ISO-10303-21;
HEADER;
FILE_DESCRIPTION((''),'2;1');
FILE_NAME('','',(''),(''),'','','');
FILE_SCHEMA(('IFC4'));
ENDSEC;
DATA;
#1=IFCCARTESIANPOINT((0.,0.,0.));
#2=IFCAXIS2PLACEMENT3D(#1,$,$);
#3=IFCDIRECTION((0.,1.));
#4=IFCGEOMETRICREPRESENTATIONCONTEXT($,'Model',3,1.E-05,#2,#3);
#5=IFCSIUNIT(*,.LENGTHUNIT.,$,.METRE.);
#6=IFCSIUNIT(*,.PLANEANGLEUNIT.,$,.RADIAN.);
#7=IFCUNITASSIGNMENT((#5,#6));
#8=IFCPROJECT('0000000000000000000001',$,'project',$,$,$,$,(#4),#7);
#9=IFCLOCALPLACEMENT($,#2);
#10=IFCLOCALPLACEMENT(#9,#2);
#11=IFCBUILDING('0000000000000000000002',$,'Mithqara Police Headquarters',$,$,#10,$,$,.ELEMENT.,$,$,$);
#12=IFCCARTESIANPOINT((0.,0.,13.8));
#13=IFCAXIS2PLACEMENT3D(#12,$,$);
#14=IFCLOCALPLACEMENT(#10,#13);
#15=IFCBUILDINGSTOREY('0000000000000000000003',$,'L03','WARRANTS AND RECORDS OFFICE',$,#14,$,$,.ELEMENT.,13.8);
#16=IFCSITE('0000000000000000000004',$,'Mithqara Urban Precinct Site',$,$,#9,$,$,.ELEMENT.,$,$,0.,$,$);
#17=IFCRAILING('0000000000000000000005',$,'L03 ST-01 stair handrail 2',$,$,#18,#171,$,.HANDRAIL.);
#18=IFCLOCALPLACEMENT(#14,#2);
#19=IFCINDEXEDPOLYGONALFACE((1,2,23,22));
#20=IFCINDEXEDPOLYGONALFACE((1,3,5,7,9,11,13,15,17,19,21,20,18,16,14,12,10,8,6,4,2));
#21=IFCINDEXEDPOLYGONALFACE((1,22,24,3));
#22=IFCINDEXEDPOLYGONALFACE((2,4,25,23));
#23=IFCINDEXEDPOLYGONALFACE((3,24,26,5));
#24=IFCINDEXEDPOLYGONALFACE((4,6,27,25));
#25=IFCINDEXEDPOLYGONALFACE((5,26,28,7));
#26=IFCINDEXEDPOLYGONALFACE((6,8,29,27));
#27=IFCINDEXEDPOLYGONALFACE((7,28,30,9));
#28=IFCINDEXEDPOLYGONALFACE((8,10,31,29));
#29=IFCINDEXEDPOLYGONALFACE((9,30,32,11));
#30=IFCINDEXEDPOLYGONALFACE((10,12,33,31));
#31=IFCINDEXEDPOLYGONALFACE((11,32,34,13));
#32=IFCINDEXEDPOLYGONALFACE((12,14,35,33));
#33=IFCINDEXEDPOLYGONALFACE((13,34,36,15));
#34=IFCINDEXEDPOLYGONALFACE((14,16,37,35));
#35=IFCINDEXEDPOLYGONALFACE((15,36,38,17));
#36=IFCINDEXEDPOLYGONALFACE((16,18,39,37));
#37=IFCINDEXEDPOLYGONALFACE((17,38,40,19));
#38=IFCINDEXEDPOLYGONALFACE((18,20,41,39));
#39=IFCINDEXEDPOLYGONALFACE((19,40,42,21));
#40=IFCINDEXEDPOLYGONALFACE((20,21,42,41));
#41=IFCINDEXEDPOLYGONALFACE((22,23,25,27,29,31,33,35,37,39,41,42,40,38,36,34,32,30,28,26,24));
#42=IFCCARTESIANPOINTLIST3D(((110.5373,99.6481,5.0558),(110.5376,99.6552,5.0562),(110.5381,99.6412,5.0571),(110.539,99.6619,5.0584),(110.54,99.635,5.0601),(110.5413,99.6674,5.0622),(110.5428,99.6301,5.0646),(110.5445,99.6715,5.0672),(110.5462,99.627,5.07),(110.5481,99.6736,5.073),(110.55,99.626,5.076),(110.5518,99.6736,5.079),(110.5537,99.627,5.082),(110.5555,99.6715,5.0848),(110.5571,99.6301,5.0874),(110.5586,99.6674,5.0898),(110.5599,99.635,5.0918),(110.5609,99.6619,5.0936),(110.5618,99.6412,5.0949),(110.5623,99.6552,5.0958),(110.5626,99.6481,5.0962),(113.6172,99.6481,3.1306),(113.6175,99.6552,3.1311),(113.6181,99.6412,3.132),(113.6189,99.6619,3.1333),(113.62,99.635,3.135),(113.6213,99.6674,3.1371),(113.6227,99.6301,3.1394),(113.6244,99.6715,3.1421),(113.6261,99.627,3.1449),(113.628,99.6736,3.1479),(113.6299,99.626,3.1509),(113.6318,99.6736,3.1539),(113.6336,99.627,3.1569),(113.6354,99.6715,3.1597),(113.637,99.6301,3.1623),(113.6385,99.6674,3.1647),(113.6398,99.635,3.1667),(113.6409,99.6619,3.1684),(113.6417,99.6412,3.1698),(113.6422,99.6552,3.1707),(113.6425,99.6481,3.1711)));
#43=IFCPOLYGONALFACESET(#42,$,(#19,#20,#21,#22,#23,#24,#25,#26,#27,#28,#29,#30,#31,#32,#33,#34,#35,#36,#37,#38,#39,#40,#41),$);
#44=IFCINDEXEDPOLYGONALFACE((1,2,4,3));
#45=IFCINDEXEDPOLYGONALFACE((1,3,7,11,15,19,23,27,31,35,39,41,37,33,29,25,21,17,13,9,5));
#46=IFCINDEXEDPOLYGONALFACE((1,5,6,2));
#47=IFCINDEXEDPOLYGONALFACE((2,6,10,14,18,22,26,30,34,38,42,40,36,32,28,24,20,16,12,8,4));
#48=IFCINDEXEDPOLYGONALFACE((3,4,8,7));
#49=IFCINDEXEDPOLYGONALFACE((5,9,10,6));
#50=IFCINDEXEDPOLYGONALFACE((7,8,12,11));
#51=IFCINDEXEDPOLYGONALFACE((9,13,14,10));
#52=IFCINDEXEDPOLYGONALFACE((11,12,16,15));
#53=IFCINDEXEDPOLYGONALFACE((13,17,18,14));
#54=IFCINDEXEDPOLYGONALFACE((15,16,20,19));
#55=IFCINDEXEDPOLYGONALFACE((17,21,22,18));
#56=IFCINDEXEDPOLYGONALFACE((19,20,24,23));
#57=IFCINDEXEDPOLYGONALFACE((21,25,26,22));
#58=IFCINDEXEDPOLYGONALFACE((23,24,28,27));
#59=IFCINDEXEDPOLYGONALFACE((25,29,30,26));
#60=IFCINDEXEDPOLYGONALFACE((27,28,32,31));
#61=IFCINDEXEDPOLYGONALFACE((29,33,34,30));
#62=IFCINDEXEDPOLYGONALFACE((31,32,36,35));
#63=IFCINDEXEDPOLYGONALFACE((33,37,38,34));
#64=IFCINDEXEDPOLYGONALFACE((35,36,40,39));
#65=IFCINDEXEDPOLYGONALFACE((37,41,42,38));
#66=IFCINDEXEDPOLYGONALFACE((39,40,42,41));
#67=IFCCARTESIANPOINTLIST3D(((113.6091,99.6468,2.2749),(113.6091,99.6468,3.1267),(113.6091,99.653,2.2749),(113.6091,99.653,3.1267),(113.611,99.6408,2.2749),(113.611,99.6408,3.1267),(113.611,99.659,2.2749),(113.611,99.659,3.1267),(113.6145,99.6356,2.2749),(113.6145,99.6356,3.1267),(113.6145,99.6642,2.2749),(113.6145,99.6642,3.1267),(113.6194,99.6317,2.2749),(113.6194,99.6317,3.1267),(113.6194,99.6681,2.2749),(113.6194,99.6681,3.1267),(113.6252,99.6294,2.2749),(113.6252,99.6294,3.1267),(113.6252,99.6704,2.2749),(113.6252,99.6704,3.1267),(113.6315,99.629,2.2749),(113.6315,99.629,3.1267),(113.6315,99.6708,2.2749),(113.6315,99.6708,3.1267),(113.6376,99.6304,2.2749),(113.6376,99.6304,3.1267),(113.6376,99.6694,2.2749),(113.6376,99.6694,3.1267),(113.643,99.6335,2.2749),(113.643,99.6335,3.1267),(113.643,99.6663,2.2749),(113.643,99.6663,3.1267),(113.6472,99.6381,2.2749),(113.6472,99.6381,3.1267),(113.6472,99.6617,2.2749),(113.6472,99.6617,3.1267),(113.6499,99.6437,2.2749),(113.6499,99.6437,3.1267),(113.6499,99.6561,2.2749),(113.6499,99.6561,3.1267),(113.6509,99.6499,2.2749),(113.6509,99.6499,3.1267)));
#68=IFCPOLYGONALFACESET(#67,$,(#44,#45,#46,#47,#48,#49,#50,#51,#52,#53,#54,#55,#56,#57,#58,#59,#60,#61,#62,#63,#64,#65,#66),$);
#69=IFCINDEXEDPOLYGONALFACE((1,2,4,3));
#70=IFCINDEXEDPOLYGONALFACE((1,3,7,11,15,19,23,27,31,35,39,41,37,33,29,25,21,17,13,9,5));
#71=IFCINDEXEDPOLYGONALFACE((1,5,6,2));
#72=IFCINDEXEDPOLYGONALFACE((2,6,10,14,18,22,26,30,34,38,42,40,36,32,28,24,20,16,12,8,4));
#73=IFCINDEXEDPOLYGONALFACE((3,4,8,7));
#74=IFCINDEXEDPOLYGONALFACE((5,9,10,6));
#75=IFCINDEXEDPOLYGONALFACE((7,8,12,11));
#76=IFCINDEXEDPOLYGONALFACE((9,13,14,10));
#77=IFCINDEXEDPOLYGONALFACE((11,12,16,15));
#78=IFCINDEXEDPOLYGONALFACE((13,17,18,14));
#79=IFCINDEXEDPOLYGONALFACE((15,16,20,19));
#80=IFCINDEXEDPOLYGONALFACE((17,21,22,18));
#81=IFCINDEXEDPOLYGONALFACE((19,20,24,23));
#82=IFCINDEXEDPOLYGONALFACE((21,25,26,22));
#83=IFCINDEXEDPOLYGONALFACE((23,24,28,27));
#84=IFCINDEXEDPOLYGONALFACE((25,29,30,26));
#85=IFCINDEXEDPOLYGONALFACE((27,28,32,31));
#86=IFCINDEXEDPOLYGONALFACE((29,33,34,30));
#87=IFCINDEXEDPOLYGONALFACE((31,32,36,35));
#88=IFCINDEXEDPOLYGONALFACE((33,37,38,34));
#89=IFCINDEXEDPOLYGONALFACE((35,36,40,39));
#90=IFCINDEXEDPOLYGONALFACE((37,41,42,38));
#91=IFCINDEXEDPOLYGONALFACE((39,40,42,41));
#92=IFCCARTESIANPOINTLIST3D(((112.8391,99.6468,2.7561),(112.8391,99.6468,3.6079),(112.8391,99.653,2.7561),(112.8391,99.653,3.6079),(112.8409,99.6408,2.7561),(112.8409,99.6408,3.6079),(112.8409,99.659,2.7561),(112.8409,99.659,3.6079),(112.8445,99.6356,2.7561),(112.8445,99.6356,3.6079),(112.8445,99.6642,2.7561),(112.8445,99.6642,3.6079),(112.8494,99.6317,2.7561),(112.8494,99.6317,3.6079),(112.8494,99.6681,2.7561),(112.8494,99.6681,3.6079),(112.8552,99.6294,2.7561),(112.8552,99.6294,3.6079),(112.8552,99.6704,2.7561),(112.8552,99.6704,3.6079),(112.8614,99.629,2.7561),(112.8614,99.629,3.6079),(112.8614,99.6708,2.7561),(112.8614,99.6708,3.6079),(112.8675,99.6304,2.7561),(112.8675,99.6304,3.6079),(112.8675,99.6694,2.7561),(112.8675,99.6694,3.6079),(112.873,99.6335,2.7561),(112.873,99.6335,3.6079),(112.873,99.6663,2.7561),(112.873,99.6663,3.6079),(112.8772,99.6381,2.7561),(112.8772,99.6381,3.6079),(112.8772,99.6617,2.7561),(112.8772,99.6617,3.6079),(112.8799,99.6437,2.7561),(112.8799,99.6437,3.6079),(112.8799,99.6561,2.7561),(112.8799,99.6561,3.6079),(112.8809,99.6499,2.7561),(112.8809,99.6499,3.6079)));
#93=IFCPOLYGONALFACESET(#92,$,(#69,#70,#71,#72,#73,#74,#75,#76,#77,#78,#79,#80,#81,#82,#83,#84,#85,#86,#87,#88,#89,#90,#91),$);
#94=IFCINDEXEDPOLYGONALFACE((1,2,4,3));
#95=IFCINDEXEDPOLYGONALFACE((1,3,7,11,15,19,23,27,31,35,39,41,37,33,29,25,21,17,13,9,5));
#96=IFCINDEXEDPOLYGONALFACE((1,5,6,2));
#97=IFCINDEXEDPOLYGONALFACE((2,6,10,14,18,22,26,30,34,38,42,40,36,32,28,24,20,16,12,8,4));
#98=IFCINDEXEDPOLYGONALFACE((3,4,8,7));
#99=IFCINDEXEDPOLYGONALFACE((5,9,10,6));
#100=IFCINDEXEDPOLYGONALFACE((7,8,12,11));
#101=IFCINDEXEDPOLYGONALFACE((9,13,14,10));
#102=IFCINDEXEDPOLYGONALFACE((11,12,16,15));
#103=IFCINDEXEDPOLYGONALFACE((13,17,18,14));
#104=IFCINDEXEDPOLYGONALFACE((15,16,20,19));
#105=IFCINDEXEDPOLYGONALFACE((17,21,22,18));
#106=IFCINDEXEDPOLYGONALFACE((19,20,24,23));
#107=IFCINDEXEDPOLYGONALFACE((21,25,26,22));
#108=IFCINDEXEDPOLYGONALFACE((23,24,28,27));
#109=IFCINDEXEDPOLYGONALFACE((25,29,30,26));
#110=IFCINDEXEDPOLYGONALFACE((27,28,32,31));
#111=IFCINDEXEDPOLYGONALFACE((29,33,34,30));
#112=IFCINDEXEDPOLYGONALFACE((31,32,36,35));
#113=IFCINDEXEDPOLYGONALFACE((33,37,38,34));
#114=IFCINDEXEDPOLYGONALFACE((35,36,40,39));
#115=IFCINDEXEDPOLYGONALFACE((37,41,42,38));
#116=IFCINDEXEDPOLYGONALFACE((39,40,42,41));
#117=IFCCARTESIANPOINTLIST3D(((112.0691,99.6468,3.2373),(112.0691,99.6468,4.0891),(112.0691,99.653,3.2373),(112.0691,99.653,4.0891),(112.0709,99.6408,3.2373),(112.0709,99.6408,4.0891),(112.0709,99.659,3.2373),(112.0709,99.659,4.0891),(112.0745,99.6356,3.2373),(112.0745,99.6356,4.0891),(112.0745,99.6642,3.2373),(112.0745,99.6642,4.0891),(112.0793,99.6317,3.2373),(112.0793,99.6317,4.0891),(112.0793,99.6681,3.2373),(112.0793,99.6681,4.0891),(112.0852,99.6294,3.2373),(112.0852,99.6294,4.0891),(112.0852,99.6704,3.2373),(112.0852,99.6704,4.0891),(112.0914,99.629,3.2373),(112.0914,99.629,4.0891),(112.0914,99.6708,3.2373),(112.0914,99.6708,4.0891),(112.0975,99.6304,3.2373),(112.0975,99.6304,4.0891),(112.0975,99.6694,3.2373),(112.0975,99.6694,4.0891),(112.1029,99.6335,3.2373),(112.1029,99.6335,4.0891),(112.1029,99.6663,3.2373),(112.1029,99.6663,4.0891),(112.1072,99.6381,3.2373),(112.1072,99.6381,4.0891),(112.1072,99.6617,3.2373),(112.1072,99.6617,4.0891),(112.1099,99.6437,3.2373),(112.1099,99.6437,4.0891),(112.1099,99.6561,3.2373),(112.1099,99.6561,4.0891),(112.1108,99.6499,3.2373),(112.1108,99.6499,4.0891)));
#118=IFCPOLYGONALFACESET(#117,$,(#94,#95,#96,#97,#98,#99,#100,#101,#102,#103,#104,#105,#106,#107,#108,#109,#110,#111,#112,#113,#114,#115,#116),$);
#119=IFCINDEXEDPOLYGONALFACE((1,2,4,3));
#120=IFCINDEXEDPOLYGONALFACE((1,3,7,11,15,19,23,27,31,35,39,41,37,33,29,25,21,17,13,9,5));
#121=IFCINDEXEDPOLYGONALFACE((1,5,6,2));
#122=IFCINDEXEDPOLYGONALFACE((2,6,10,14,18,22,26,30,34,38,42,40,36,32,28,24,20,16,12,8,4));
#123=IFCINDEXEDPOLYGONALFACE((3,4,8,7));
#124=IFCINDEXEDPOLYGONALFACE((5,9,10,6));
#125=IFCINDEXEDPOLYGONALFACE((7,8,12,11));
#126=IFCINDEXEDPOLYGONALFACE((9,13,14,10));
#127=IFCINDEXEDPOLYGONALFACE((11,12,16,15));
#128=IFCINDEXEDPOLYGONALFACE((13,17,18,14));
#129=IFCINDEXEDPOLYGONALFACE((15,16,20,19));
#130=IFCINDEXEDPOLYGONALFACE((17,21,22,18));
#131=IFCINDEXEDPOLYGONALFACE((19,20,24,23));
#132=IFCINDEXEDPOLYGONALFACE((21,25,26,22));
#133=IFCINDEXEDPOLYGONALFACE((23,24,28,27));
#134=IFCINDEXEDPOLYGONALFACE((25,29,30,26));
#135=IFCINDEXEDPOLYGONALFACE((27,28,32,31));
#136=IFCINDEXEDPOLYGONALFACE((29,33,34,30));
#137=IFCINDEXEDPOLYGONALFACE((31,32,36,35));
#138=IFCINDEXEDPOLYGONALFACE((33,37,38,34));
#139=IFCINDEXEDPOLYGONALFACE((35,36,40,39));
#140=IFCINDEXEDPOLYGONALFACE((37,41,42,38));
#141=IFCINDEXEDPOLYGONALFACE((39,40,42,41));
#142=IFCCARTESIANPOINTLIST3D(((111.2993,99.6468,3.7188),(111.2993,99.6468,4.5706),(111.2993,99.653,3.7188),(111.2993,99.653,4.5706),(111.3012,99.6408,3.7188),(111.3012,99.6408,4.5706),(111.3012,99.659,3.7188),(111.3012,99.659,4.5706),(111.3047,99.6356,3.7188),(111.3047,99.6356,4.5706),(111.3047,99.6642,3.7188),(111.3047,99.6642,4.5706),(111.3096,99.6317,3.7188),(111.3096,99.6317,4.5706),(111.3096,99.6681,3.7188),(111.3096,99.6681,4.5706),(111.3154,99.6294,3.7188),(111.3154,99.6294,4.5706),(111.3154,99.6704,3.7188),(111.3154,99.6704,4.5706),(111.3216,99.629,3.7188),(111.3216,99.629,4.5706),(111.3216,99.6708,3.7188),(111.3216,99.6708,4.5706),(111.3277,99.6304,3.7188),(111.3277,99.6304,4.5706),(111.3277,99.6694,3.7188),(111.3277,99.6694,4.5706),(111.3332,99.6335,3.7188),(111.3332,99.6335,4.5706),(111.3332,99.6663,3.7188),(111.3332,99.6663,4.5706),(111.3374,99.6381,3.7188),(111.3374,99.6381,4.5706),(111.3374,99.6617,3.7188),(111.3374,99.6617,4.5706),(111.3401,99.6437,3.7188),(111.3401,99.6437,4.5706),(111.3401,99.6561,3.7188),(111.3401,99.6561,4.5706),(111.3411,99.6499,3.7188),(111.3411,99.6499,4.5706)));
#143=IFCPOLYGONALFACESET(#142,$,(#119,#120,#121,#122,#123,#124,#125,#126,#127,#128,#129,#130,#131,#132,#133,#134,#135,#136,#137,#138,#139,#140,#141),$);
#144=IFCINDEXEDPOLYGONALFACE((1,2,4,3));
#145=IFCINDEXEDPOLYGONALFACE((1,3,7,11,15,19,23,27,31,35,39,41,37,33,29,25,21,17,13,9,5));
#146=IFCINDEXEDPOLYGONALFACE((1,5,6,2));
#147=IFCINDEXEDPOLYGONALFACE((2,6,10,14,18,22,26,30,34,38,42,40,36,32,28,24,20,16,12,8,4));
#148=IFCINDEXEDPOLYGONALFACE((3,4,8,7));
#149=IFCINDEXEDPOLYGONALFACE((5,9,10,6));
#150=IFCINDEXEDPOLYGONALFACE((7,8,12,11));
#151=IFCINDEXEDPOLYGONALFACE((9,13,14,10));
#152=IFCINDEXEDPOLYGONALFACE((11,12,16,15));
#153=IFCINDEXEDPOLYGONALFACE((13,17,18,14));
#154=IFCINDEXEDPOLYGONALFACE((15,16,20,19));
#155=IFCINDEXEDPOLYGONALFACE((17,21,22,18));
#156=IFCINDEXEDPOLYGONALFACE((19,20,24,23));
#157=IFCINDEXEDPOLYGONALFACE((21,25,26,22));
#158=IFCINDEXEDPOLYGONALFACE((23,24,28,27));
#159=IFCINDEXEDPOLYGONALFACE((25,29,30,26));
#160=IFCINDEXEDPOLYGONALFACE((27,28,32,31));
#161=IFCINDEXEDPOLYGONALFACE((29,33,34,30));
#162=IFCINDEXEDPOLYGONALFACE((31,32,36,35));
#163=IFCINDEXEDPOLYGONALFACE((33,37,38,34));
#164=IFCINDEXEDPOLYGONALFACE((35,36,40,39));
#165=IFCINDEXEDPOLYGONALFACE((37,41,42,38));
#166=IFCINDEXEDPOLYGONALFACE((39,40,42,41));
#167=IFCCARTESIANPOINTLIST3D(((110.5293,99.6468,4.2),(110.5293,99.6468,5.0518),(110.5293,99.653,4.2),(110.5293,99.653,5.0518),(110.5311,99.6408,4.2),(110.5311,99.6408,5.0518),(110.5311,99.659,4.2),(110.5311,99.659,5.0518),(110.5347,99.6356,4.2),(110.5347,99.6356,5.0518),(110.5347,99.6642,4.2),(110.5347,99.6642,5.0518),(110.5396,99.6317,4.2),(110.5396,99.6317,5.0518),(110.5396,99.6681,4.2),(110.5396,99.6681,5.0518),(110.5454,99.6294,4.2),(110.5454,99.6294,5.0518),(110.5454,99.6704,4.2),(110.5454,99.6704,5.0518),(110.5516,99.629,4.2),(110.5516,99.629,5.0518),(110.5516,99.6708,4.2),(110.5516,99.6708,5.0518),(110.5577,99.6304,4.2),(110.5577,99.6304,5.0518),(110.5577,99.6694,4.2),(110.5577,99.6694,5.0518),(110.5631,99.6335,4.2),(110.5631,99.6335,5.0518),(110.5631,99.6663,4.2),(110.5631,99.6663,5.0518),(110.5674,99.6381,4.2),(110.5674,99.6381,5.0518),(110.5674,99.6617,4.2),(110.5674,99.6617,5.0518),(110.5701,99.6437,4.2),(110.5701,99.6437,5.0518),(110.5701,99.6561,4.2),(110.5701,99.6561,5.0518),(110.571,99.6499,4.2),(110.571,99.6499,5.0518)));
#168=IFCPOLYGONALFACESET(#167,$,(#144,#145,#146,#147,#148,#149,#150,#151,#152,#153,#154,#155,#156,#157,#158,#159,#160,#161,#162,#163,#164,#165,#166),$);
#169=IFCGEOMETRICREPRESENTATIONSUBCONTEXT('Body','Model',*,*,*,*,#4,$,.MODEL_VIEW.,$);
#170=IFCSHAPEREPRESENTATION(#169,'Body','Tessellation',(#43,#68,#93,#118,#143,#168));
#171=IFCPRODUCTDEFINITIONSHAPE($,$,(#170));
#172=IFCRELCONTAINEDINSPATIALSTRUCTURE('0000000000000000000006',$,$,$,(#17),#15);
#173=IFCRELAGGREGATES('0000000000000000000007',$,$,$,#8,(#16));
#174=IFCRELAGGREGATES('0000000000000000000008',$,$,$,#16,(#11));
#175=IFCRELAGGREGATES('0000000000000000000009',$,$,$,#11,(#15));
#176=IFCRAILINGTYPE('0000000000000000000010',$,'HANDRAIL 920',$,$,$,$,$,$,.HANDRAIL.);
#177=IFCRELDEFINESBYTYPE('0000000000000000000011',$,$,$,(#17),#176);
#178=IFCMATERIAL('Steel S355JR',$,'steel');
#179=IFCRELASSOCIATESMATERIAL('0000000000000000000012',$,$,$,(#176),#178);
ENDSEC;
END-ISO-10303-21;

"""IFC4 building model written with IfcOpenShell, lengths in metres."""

from ifc_helpers import new_model, si_unit, direction, frame, origin, origin_2d, place, context, subcontext, project, spatial, circle, extrude, material, type_object, element, save


model = new_model("IFC4")

# Units and contexts
model_context = context("Model", 3, precision=1e-05, world=origin(), true_north=direction((0.0, 1.0)))
body_context = subcontext(model_context, "Body", "Model", "MODEL_VIEW")
ifc_project = project(units=[si_unit("LENGTHUNIT", "METRE"), si_unit("PLANEANGLEUNIT", "RADIAN")], contexts=[model_context])

# Site, building, storey
site_placement = place(None, origin())
site = spatial("IfcSite", under=ifc_project, at=site_placement, Name="Mithqara Urban Precinct Site", CompositionType="ELEMENT", RefElevation=0.0)
building_placement = place(site_placement, origin())
building = spatial("IfcBuilding", under=site, at=building_placement, Name="Mithqara Police Headquarters", CompositionType="ELEMENT")
storey_placement = place(building_placement, frame((0.0, 0.0, 13.8)))
storey = spatial("IfcBuildingStorey", under=building, at=storey_placement, Name="L03", Description="WARRANTS AND RECORDS OFFICE", CompositionType="ELEMENT", Elevation=13.8)

# Shared definitions
ifc_material_1 = material(Name="Steel S355JR", Category="steel")

# Railing
railing_type_1 = type_object("IfcRailingType", Name="HANDRAIL 920", PredefinedType="HANDRAIL", material=ifc_material_1)
railing_1_placement = place(storey_placement, frame((113.6299, 99.6499, 2.2749)))
element("IfcRailing", 1, at=railing_1_placement, inside=storey, type_object=railing_type_1, Name="L03 ST-01 stair handrail 2", PredefinedType="HANDRAIL", context=body_context, shape_type="SweptSolid", body=[
    extrude(circle(Radius=0.0239, at=origin_2d()), frame((0.0, 0.0, 0.876), z_axis=(-0.847979, 0.0, 0.530029), x_axis=(0.0, -1.0, 0.0)), (0.0, 0.0, 1.0), 3.6321),
    extrude(circle(Radius=0.021, at=origin_2d()), origin(), (0.0, 0.0, 1.0), 0.8518),
    extrude(circle(Radius=0.021, at=origin_2d()), frame((-0.77, 0.0, 0.4812)), (0.0, 0.0, 1.0), 0.8518),
    extrude(circle(Radius=0.021, at=origin_2d()), frame((-1.54, 0.0, 0.9624)), (0.0, 0.0, 1.0), 0.8518),
    extrude(circle(Radius=0.021, at=origin_2d()), frame((-2.3098, 0.0, 1.4438)), (0.0, 0.0, 1.0), 0.8518),
    extrude(circle(Radius=0.021, at=origin_2d()), frame((-3.0798, 0.0, 1.925)), (0.0, 0.0, 1.0), 0.8518),
])

save(model, "model.ifc")
